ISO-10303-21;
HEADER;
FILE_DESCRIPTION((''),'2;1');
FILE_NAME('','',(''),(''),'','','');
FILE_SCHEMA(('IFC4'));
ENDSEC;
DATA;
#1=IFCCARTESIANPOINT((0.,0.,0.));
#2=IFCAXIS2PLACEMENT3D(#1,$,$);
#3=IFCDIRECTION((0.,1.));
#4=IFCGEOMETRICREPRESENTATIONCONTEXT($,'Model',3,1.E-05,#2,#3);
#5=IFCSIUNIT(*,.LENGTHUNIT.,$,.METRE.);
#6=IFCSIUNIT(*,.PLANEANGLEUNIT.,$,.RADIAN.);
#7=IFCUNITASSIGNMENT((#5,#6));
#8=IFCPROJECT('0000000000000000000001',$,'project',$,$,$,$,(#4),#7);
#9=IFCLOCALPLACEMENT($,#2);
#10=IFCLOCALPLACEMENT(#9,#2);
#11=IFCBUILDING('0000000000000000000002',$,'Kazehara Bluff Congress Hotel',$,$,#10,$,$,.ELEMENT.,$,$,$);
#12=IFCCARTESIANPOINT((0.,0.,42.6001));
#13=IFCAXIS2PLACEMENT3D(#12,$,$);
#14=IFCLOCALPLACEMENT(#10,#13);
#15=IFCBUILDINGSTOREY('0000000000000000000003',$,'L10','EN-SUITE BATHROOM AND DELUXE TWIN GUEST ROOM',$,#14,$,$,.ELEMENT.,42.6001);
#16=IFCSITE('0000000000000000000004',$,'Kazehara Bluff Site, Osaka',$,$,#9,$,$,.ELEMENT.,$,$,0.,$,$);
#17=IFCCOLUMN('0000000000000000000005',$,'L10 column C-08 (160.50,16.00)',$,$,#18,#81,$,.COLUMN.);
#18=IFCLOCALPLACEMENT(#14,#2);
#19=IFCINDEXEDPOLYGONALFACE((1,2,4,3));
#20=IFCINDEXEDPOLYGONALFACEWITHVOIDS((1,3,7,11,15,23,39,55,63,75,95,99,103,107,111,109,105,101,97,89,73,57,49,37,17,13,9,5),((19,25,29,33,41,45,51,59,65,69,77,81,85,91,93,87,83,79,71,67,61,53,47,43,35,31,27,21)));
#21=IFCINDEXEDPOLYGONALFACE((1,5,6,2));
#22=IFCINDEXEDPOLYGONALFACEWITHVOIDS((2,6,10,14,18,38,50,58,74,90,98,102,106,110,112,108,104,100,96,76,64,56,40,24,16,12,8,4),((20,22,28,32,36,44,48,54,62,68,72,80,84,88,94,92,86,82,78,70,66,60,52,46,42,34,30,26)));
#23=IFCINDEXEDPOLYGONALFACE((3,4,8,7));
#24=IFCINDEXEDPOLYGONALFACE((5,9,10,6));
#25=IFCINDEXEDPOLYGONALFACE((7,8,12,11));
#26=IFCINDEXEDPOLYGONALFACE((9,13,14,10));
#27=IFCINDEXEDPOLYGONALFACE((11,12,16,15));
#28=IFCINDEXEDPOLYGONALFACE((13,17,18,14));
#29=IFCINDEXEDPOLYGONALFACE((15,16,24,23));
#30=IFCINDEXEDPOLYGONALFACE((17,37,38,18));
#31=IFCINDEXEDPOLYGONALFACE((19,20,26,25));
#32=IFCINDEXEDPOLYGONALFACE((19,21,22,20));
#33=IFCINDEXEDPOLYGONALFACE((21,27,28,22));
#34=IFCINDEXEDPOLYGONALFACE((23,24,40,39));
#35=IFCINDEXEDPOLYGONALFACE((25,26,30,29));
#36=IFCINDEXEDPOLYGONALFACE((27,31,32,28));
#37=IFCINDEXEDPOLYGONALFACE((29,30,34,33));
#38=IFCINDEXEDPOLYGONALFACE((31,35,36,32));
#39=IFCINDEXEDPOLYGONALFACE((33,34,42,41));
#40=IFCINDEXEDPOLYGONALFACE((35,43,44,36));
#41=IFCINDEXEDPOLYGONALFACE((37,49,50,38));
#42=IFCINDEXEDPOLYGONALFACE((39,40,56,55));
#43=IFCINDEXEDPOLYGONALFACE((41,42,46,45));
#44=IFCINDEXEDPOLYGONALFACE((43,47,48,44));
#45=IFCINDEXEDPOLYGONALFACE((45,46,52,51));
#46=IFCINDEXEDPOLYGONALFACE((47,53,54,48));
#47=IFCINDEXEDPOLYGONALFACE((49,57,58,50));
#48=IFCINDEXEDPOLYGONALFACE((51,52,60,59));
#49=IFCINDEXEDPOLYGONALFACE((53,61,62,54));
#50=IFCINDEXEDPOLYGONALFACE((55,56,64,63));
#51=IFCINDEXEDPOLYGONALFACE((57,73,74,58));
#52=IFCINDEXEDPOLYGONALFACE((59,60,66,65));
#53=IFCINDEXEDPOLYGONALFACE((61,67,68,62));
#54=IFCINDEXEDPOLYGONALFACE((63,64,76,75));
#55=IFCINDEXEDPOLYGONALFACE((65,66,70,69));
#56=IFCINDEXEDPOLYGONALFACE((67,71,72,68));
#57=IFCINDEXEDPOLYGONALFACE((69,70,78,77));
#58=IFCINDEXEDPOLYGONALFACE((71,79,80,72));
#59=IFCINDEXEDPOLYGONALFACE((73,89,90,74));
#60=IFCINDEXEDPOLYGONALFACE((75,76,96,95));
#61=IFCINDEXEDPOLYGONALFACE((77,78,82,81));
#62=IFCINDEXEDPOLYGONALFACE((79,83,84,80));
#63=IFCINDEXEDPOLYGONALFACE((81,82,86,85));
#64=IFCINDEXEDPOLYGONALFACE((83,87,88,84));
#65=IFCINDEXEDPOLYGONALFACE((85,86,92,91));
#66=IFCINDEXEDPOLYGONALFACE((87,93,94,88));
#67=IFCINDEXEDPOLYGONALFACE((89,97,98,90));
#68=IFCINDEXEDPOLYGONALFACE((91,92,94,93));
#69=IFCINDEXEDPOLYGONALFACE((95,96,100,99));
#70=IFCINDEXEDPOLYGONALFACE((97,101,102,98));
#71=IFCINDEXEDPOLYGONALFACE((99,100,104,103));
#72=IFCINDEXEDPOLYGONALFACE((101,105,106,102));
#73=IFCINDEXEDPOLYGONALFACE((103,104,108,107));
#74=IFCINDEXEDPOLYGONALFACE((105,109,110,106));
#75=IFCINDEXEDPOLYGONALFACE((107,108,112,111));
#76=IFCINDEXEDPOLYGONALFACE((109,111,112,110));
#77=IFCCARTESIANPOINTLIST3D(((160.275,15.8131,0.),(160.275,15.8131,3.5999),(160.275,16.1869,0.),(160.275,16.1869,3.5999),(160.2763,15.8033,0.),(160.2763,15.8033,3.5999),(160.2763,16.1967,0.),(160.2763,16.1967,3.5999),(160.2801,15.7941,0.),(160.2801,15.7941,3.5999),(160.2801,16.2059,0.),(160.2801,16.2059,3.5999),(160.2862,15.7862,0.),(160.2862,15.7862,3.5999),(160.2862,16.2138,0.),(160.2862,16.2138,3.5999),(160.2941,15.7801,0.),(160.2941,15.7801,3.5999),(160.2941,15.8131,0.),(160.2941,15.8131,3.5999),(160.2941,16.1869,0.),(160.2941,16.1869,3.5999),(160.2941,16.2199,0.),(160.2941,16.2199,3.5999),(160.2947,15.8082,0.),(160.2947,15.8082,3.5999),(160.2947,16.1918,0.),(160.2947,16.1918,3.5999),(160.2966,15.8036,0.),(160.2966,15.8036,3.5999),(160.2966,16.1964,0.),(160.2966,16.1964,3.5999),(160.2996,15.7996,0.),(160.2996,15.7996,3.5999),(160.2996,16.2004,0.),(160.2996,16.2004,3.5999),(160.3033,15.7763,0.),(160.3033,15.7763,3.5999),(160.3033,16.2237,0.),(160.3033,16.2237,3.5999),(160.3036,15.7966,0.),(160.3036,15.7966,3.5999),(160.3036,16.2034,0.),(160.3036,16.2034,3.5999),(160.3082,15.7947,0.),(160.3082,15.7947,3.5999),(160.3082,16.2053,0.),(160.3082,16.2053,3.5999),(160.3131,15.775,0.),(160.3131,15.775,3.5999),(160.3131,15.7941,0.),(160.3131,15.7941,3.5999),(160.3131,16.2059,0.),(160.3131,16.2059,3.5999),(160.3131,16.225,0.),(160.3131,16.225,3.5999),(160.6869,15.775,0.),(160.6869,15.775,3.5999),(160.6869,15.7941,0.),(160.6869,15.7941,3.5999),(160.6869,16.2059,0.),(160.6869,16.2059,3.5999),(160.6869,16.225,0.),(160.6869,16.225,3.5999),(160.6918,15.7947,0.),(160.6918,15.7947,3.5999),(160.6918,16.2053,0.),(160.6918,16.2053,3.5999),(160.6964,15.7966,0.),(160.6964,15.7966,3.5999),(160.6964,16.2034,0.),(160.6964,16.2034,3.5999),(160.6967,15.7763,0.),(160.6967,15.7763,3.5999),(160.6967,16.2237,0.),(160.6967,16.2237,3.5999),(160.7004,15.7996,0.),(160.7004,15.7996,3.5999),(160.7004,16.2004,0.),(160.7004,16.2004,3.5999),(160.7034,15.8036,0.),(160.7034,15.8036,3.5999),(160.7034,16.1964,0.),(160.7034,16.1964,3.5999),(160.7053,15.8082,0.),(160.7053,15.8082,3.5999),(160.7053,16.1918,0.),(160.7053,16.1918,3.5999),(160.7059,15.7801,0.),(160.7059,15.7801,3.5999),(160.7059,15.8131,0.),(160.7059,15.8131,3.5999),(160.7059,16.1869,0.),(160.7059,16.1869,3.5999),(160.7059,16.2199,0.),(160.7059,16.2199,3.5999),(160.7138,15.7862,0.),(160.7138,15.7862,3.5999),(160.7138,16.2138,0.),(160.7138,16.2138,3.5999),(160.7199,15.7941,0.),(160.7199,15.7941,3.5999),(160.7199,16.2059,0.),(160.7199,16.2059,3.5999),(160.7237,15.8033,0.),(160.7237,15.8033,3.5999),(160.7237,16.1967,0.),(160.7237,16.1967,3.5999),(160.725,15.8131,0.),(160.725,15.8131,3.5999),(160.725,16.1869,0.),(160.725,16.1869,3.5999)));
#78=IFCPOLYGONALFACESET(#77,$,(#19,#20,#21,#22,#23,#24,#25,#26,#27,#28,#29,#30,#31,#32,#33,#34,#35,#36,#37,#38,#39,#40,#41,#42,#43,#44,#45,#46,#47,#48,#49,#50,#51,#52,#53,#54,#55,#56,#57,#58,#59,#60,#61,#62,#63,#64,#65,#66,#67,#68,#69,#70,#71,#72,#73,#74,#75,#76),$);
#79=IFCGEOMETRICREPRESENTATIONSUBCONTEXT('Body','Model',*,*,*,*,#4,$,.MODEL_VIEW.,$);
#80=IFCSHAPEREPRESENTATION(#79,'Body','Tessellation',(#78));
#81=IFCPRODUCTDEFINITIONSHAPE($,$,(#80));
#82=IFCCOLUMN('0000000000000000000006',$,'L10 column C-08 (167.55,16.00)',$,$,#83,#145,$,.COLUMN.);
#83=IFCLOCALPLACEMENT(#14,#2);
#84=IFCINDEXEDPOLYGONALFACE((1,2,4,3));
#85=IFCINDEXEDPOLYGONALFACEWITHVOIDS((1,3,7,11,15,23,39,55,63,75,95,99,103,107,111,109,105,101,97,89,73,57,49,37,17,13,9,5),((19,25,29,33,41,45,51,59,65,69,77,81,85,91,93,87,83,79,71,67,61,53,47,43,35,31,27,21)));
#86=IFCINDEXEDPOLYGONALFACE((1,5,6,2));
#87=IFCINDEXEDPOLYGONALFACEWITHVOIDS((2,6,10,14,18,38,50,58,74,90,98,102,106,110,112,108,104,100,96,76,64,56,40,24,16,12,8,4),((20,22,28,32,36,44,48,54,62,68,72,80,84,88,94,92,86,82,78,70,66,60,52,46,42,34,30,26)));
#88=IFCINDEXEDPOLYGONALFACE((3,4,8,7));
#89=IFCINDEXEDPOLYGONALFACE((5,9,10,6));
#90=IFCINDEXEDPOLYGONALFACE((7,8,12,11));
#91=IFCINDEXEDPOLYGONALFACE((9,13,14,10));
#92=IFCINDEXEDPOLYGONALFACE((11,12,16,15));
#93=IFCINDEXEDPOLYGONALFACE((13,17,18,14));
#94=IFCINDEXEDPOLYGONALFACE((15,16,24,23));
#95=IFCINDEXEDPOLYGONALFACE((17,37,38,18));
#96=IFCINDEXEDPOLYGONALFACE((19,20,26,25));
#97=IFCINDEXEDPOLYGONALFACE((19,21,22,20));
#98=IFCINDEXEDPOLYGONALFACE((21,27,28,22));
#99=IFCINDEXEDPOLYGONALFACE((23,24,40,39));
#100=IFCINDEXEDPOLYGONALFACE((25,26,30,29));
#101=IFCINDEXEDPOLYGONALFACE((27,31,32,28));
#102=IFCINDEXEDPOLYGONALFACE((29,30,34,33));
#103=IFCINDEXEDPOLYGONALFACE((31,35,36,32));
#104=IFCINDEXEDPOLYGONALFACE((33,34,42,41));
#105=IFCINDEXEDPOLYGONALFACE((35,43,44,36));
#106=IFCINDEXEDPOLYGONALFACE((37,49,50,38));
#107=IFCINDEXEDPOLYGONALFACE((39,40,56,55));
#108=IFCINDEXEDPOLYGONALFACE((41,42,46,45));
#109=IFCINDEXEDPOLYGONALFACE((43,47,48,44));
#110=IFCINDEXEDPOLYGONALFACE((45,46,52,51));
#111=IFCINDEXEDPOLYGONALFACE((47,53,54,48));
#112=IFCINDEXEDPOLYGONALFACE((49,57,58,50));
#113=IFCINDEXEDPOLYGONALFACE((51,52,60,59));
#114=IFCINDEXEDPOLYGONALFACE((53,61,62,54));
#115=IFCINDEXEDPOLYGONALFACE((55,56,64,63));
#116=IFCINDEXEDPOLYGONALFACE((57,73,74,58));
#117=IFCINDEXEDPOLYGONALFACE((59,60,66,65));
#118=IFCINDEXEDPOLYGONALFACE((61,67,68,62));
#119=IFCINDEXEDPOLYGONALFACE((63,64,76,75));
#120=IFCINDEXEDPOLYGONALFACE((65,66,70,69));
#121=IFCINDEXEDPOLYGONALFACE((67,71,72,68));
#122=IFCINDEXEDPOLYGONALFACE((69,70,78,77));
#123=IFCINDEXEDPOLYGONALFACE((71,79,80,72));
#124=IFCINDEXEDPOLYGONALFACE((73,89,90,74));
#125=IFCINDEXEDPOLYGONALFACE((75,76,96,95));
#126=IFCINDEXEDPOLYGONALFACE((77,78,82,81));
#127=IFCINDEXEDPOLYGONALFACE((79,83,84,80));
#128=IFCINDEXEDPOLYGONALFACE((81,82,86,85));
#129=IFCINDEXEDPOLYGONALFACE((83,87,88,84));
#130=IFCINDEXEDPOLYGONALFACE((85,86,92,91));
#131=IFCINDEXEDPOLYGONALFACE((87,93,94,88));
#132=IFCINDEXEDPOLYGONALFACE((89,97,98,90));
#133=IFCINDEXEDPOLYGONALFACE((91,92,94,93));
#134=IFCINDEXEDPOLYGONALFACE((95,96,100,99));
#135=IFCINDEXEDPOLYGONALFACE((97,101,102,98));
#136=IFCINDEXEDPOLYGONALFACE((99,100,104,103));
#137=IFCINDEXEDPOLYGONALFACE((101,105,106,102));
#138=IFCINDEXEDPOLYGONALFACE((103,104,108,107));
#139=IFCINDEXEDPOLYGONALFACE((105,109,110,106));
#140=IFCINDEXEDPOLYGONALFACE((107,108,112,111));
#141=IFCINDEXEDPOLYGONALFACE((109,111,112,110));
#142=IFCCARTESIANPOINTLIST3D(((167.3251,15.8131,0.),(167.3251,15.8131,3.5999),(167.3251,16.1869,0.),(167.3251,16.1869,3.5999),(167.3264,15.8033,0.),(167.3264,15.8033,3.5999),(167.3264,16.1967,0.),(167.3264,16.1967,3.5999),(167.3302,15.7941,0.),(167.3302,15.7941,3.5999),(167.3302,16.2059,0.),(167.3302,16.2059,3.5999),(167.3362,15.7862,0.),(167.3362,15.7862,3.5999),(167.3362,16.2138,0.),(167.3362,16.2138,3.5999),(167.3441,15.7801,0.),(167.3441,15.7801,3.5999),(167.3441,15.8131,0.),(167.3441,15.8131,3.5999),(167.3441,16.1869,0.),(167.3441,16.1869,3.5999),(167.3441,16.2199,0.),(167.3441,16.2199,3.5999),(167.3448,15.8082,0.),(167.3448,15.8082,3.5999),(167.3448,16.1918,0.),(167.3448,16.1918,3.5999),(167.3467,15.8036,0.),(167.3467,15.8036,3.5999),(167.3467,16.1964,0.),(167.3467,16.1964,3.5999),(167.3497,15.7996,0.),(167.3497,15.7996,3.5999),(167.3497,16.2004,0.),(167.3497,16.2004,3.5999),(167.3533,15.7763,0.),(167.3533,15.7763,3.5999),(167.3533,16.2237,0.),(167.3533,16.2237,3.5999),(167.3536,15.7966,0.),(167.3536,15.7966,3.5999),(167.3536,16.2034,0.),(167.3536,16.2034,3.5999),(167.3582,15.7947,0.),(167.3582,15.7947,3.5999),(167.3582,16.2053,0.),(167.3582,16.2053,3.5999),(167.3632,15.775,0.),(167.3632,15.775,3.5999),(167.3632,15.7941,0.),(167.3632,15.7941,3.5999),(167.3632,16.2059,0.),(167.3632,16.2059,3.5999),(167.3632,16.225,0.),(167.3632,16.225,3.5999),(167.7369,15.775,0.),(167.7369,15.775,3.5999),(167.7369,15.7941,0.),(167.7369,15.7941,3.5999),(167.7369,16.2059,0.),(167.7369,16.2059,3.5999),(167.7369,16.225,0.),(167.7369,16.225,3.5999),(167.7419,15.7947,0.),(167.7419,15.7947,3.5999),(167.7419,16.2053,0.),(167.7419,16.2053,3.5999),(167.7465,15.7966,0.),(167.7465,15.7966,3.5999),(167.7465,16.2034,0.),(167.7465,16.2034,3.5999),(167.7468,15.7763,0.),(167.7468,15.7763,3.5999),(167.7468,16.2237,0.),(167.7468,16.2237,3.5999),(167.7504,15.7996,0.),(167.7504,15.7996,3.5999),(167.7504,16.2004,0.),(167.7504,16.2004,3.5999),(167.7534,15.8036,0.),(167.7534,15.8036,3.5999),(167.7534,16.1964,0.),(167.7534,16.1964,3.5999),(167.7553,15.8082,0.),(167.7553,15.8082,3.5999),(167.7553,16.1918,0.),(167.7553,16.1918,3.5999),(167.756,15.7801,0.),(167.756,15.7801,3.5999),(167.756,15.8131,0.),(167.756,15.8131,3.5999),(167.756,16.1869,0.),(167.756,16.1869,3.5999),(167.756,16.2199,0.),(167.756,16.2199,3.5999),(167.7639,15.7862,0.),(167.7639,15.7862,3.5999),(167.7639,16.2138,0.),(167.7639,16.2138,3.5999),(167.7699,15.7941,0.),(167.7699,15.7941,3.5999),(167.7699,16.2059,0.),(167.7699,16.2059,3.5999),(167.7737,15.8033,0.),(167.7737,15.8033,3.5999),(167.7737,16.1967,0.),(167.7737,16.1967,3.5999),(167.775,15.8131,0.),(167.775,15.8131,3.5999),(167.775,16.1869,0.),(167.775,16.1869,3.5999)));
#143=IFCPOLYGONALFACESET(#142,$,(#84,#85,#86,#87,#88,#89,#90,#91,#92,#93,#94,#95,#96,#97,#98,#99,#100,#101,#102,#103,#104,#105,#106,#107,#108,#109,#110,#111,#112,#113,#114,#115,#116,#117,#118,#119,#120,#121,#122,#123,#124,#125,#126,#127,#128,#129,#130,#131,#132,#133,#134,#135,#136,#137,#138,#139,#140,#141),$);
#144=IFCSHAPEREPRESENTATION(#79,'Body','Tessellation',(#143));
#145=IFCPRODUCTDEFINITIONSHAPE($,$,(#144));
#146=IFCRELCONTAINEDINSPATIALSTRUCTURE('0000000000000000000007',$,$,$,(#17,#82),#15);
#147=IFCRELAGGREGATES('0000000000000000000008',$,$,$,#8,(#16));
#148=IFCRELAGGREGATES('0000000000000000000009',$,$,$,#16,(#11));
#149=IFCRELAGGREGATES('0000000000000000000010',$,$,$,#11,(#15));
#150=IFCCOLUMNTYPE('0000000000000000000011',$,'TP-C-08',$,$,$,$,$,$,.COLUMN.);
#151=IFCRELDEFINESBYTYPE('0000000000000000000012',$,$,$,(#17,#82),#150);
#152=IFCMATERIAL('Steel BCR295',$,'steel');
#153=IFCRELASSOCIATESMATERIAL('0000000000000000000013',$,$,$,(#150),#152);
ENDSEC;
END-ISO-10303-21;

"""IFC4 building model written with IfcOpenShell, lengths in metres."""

from ifc_helpers import new_model, si_unit, direction, frame, origin, origin_2d, place, context, subcontext, project, spatial, hollow_rectangle, extrude, material, material_profile, profile_set, type_object, element, save


model = new_model("IFC4")

# Units and contexts
model_context = context("Model", 3, precision=1e-05, world=origin(), true_north=direction((0.0, 1.0)))
body_context = subcontext(model_context, "Body", "Model", "MODEL_VIEW")
ifc_project = project(units=[si_unit("LENGTHUNIT", "METRE"), si_unit("PLANEANGLEUNIT", "RADIAN")], contexts=[model_context])

# Site, building, storey
site_placement = place(None, origin())
site = spatial("IfcSite", under=ifc_project, at=site_placement, Name="Kazehara Bluff Site, Osaka", CompositionType="ELEMENT", RefElevation=0.0)
building_placement = place(site_placement, origin())
building = spatial("IfcBuilding", under=site, at=building_placement, Name="Kazehara Bluff Congress Hotel", CompositionType="ELEMENT")
storey_placement = place(building_placement, frame((0.0, 0.0, 42.6001)))
storey = spatial("IfcBuildingStorey", under=building, at=storey_placement, Name="L10", Description="EN-SUITE BATHROOM AND DELUXE TWIN GUEST ROOM", CompositionType="ELEMENT", Elevation=42.6001)

# Columns
ifc_material_1 = material(Name="Steel BCR295", Category="steel")
ifc_material_profile_1 = material_profile(ifc_material_1, hollow_rectangle(XDim=0.45, YDim=0.45, WallThickness=0.019, InnerFilletRadius=0.019, OuterFilletRadius=0.0381, at=origin_2d()))
ifc_profile_set_1 = profile_set([ifc_material_profile_1], Name="Steel BCR295")
column_type = type_object("IfcColumnType", Name="TP-C-08", PredefinedType="COLUMN", material=ifc_profile_set_1)
for number, where, z_axis, x_axis, name in (
    (1, (160.5, 16.0, 0.0), (0.0, 0.0, 1.0), (1.0, 0.0, 0.0), "L10 column C-08 (160.50,16.00)"),
    (2, (167.55, 16.0, 0.0), (0.0, 0.0, 1.0), (1.0, 0.0, 0.0), "L10 column C-08 (167.55,16.00)"),
):
    element("IfcColumn", number, at=place(storey_placement, frame(where, z_axis=z_axis, x_axis=x_axis)), inside=storey, type_object=column_type, Name=name, PredefinedType="COLUMN", context=body_context, shape_type="SweptSolid", body=[
        extrude(hollow_rectangle(XDim=0.45, YDim=0.45, WallThickness=0.019, InnerFilletRadius=0.019, OuterFilletRadius=0.0381, at=origin_2d()), origin(), (0.0, 0.0, 1.0), 3.5999),
    ])

save(model, "model.ifc")
